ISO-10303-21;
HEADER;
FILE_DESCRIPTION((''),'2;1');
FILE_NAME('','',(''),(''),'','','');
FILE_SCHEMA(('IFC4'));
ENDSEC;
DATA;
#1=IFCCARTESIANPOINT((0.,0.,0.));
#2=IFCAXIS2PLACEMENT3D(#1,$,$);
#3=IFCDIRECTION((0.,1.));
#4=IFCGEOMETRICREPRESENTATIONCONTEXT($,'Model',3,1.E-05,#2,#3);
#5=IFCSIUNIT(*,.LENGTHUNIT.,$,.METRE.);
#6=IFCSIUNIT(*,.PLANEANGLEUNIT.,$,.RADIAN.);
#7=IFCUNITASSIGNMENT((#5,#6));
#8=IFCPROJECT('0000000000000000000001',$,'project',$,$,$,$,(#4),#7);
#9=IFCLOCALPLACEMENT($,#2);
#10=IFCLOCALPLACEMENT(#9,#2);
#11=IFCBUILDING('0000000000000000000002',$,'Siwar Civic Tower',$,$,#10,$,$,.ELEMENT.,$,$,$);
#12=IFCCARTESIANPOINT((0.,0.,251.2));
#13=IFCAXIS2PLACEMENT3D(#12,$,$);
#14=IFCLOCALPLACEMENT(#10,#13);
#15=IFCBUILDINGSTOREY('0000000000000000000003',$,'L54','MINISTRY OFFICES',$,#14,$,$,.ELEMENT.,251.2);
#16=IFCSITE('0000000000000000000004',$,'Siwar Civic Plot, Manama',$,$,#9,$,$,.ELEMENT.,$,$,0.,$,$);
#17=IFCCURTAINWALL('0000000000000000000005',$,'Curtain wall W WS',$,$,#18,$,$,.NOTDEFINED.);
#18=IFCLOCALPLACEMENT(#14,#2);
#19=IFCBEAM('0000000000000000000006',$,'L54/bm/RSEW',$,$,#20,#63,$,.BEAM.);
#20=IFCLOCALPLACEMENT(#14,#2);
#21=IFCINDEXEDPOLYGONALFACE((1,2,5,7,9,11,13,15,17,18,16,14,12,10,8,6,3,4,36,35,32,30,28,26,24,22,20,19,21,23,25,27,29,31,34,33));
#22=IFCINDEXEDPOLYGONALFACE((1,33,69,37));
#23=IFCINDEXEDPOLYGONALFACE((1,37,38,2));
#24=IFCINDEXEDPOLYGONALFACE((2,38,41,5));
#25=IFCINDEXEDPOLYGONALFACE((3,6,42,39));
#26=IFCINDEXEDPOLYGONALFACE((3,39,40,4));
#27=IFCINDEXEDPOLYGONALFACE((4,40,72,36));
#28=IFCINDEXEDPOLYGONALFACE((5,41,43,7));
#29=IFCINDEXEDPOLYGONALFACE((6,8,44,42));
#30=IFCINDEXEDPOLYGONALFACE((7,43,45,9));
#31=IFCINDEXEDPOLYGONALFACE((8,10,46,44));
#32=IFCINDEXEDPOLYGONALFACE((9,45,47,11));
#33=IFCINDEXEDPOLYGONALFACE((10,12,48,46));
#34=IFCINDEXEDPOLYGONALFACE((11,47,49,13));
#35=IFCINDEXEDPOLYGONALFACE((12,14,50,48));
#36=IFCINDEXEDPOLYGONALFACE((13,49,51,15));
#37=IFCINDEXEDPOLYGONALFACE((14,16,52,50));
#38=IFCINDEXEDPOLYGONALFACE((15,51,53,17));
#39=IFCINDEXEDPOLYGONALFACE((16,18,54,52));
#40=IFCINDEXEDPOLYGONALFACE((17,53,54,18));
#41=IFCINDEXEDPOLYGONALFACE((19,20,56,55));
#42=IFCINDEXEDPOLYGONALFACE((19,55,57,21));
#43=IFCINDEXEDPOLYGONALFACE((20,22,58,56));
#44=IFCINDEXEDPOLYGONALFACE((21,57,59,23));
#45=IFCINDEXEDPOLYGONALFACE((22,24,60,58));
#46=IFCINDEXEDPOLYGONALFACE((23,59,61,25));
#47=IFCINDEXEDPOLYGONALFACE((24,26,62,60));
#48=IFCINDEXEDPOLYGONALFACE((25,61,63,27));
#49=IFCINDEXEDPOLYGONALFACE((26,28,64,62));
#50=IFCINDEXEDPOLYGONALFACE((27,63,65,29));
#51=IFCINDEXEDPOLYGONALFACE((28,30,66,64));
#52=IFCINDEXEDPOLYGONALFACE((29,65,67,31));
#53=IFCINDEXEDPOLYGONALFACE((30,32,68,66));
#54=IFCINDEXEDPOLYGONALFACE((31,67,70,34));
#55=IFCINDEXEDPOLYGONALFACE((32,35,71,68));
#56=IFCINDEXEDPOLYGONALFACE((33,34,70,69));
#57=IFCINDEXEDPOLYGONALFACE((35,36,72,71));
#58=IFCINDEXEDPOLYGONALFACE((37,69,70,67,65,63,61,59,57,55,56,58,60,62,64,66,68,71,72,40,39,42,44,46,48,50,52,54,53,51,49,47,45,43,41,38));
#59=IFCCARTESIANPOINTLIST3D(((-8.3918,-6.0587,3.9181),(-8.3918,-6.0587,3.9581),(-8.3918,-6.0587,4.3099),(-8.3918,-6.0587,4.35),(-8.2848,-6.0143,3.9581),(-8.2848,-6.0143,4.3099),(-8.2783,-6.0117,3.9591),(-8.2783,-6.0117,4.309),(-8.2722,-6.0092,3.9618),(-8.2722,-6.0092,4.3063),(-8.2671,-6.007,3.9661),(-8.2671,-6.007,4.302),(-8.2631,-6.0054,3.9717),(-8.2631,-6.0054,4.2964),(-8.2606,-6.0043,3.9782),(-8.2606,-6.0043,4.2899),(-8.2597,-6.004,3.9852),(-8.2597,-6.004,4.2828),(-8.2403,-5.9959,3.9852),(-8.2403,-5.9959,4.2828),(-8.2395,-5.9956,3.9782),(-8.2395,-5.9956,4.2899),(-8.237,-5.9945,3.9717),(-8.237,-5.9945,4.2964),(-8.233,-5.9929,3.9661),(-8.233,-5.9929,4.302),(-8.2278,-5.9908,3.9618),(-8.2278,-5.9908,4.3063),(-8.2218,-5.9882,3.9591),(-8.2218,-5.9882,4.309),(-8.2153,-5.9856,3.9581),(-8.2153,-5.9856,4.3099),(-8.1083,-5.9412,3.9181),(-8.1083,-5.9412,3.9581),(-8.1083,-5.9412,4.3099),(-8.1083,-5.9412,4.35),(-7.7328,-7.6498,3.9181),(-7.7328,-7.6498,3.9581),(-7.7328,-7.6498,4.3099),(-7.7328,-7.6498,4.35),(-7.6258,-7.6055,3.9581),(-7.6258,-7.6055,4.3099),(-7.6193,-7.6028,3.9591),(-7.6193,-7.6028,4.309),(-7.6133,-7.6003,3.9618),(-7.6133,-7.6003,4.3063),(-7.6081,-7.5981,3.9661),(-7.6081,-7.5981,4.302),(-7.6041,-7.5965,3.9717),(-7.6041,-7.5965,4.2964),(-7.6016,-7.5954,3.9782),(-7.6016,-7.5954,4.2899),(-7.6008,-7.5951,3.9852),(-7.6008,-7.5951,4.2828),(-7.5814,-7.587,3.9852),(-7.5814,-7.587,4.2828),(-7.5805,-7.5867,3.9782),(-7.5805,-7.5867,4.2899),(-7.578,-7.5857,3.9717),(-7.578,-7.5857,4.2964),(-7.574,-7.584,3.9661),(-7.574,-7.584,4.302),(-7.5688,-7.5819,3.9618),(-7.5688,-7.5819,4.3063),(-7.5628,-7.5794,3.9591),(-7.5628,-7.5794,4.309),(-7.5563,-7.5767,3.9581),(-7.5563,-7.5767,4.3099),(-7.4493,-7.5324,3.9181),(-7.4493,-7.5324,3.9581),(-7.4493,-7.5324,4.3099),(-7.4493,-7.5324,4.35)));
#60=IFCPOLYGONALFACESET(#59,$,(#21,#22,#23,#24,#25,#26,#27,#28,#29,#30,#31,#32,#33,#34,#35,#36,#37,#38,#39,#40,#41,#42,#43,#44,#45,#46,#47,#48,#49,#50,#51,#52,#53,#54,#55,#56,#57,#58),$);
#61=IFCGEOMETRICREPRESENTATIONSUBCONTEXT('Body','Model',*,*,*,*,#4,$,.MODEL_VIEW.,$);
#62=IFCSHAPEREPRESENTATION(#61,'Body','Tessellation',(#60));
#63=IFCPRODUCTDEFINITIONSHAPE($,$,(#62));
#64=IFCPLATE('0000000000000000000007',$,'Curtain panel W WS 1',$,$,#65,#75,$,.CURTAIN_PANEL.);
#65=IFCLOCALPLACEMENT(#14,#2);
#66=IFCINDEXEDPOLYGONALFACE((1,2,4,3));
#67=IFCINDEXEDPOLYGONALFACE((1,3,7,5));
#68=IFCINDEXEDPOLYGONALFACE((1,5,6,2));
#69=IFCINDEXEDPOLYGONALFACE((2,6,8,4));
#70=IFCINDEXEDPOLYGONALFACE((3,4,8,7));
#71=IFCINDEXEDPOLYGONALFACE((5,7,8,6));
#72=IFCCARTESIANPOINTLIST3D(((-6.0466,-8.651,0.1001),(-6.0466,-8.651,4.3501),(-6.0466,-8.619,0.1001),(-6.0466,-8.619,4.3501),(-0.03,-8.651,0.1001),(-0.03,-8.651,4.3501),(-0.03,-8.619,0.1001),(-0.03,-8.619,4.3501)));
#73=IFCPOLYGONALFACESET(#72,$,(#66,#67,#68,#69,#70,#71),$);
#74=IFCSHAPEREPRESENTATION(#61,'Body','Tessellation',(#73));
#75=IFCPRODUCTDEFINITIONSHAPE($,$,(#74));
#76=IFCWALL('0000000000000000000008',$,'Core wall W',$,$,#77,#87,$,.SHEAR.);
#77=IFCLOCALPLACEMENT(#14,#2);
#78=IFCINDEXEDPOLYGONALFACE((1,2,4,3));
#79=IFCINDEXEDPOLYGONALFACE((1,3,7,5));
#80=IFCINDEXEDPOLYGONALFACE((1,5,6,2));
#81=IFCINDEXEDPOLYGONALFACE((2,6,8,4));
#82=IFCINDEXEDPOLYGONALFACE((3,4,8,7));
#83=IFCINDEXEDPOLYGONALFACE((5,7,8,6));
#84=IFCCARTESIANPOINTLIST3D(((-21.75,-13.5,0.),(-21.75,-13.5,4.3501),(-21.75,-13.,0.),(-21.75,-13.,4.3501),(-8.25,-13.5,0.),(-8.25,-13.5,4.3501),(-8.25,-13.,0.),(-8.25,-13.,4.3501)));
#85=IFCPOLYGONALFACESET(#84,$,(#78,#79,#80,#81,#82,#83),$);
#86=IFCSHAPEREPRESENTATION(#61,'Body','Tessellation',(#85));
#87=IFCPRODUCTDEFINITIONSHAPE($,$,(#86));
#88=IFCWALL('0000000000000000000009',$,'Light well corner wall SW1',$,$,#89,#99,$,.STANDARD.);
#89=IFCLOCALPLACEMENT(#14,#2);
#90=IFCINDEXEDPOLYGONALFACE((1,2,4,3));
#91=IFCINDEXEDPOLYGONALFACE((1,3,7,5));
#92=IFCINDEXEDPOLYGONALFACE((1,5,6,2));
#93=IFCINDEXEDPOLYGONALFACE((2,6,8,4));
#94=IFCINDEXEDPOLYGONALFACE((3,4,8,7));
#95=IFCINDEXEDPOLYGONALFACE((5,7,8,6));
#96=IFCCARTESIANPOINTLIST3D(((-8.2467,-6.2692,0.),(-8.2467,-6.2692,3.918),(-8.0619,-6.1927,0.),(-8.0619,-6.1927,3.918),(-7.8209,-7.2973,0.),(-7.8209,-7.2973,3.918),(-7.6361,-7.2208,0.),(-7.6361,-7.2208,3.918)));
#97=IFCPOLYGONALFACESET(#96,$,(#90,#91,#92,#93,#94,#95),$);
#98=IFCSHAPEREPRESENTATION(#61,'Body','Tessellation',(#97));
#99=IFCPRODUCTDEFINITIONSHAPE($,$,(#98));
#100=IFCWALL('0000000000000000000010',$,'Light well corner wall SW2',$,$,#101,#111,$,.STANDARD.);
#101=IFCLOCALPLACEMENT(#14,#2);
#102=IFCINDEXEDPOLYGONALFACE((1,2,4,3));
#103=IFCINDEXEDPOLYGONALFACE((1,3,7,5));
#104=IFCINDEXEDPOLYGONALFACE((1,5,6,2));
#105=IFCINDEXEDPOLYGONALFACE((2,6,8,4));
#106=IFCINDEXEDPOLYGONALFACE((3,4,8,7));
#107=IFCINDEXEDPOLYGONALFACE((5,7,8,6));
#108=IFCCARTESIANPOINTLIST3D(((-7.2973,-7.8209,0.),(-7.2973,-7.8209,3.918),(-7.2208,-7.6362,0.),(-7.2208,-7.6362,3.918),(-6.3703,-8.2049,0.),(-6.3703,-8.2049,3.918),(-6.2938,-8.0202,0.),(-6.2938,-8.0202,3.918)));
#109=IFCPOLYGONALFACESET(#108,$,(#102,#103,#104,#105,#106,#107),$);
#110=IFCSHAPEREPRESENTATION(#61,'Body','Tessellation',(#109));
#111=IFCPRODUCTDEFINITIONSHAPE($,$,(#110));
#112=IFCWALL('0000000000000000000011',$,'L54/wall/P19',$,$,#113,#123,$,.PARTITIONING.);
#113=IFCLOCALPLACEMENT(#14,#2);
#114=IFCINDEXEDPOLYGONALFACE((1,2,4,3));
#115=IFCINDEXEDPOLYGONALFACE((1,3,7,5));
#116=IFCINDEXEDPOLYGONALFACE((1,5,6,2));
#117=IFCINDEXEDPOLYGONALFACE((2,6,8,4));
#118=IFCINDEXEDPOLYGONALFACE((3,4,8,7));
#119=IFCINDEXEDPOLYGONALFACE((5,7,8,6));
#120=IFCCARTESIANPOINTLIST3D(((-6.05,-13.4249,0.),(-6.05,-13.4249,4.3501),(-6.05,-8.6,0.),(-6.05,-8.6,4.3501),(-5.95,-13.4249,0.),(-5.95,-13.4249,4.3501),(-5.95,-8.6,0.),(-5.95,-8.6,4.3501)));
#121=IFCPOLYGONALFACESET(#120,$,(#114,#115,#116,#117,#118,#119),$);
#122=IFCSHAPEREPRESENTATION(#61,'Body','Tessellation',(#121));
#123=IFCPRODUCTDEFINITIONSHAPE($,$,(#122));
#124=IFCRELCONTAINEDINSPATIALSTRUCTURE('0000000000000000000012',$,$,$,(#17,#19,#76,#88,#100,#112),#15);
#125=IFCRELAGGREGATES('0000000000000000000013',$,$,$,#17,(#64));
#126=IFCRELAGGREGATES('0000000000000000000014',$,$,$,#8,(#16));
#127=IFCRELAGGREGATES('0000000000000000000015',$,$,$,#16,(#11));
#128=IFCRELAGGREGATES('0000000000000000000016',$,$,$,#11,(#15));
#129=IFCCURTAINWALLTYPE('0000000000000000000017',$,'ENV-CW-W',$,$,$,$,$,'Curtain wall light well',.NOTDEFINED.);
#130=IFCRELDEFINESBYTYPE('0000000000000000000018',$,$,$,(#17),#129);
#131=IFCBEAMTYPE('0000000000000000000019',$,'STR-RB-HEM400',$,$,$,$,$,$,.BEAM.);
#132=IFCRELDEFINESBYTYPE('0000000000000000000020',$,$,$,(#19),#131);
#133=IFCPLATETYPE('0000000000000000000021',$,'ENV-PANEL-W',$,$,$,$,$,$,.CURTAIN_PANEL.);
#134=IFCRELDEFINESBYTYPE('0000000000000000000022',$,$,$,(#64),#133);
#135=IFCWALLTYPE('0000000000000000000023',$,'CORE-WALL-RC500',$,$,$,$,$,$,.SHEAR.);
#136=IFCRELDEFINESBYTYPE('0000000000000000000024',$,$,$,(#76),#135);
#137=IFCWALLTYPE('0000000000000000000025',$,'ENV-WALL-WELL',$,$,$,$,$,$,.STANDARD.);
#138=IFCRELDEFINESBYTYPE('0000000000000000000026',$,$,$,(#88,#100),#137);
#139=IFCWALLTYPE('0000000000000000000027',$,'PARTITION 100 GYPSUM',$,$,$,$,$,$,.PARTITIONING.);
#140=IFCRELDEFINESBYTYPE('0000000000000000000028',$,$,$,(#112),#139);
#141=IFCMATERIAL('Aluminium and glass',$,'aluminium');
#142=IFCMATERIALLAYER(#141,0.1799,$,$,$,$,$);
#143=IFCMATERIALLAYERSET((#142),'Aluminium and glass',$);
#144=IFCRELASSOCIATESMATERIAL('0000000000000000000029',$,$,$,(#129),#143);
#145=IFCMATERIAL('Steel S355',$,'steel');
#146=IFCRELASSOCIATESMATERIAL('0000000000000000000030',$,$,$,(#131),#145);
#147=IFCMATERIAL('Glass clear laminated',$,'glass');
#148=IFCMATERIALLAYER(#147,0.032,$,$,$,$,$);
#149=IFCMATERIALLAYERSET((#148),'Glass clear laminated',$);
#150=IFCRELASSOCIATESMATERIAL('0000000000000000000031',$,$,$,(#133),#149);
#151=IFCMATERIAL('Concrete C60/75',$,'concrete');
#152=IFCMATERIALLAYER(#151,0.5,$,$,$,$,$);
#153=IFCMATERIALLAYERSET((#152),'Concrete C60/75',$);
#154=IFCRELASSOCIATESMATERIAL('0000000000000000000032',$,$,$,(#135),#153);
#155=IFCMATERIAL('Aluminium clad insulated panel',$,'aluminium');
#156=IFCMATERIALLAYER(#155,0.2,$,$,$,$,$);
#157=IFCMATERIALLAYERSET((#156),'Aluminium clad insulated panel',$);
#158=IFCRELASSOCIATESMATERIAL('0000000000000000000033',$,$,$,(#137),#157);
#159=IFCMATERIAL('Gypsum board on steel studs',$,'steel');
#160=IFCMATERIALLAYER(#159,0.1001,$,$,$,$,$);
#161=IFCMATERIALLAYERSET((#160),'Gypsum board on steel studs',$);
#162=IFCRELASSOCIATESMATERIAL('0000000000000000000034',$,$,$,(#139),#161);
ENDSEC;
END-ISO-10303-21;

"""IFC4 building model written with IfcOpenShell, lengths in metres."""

from ifc_helpers import new_model, si_unit, direction, frame, frame_2d, origin, origin_2d, place, context, subcontext, project, spatial, rectangle, i_section, extrude, material, layer, layer_set, material_profile, profile_set, type_object, element, aggregate, save


model = new_model("IFC4")

# Units and contexts
model_context = context("Model", 3, precision=1e-05, world=origin(), true_north=direction((0.0, 1.0)))
body_context = subcontext(model_context, "Body", "Model", "MODEL_VIEW")
ifc_project = project(units=[si_unit("LENGTHUNIT", "METRE"), si_unit("PLANEANGLEUNIT", "RADIAN")], contexts=[model_context])

# Site, building, storey
site_placement = place(None, origin())
site = spatial("IfcSite", under=ifc_project, at=site_placement, Name="Siwar Civic Plot, Manama", CompositionType="ELEMENT", RefElevation=0.0)
building_placement = place(site_placement, origin())
building = spatial("IfcBuilding", under=site, at=building_placement, Name="Siwar Civic Tower", CompositionType="ELEMENT")
storey_placement = place(building_placement, frame((0.0, 0.0, 251.2)))
storey = spatial("IfcBuildingStorey", under=building, at=storey_placement, Name="L54", Description="MINISTRY OFFICES", CompositionType="ELEMENT", Elevation=251.2)

# Curtain wall
ifc_material_1 = material(Name="Aluminium and glass", Category="aluminium")
ifc_layer_1 = layer(ifc_material_1, 0.1799)
ifc_layer_set_1 = layer_set([ifc_layer_1], Name="Aluminium and glass")
curtain_wall_type = type_object("IfcCurtainWallType", Name="ENV-CW-W", ElementType="Curtain wall light well", PredefinedType="NOTDEFINED", material=ifc_layer_set_1)
curtain_wall_placement = place(storey_placement, origin())
curtain_wall = element("IfcCurtainWall", 1, at=curtain_wall_placement, inside=storey, type_object=curtain_wall_type, Name="Curtain wall W WS", PredefinedType="NOTDEFINED")

# Beam
ifc_material_2 = material(Name="Steel S355", Category="steel")
ifc_material_profile_1 = material_profile(ifc_material_2, i_section(OverallWidth=0.3069, OverallDepth=0.4319, WebThickness=0.021, FlangeThickness=0.04, FilletRadius=0.0271, at=origin_2d()), Name="HEM400")
ifc_profile_set_1 = profile_set([ifc_material_profile_1], Name="Steel S355")
beam_type = type_object("IfcBeamType", Name="STR-RB-HEM400", PredefinedType="BEAM", material=ifc_profile_set_1)
beam_1_placement = place(storey_placement, frame((-7.5911, -7.5911, 4.134), z_axis=(-0.382631, 0.923901, 0.0), x_axis=(-0.923901, -0.382631, 0.0)))
element("IfcBeam", 2, at=beam_1_placement, inside=storey, type_object=beam_type, Name="L54/bm/RSEW", PredefinedType="BEAM", context=body_context, shape_type="SweptSolid", body=[
    extrude(i_section(OverallWidth=0.3069, OverallDepth=0.4319, WebThickness=0.021, FlangeThickness=0.04, FilletRadius=0.0271, at=origin_2d()), origin(), (0.0, 0.0, 1.0), 1.7222),
])

# Plate
ifc_material_3 = material(Name="Glass clear laminated", Category="glass")
ifc_layer_2 = layer(ifc_material_3, 0.032)
ifc_layer_set_2 = layer_set([ifc_layer_2], Name="Glass clear laminated")
plate_type = type_object("IfcPlateType", Name="ENV-PANEL-W", PredefinedType="CURTAIN_PANEL", material=ifc_layer_set_2)
plate_placement = place(storey_placement, frame((-3.0383, -8.635, 0.1001), z_axis=(0.0, 0.0, 1.0), x_axis=(1.0, 0.0, 0.0)))
plate = element("IfcPlate", 3, at=plate_placement, type_object=plate_type, Name="Curtain panel W WS 1", PredefinedType="CURTAIN_PANEL", context=body_context, shape_type="SweptSolid", body=[
    extrude(rectangle(XDim=6.0166, YDim=0.032, at=origin_2d()), origin(), (0.0, 0.0, 1.0), 4.25),
])
aggregate(curtain_wall, [plate])

# Walls
ifc_material_4 = material(Name="Concrete C60/75", Category="concrete")
ifc_layer_3 = layer(ifc_material_4, 0.5)
ifc_layer_set_3 = layer_set([ifc_layer_3], Name="Concrete C60/75")
wall_type_1 = type_object("IfcWallType", Name="CORE-WALL-RC500", PredefinedType="SHEAR", material=ifc_layer_set_3)
wall_1_placement = place(storey_placement, frame((-8.25, -13.25, 0.0), z_axis=(0.0, 0.0, 1.0), x_axis=(-1.0, 0.0, 0.0)))
element("IfcWall", 4, at=wall_1_placement, inside=storey, type_object=wall_type_1, Name="Core wall W", PredefinedType="SHEAR", context=body_context, shape_type="SweptSolid", body=[
    extrude(rectangle(XDim=13.5, YDim=0.5, at=frame_2d((6.75, 0.0))), origin(), (0.0, 0.0, 1.0), 4.3501),
])
ifc_material_5 = material(Name="Aluminium clad insulated panel", Category="aluminium")
ifc_layer_4 = layer(ifc_material_5, 0.2)
ifc_layer_set_4 = layer_set([ifc_layer_4], Name="Aluminium clad insulated panel")
wall_type_2 = type_object("IfcWallType", Name="ENV-WALL-WELL", PredefinedType="STANDARD", material=ifc_layer_set_4)
wall_2_placement = place(storey_placement, frame((-8.1543, -6.231, 0.0), z_axis=(0.0, 0.0, 1.0), x_axis=(0.382636, -0.923899, 0.0)))
element("IfcWall", 5, at=wall_2_placement, inside=storey, type_object=wall_type_2, Name="Light well corner wall SW1", PredefinedType="STANDARD", context=body_context, shape_type="SweptSolid", body=[
    extrude(rectangle(XDim=1.1128, YDim=0.2, at=frame_2d((0.5564, 0.0))), origin(), (0.0, 0.0, 1.0), 3.918),
])
wall_3_placement = place(storey_placement, frame((-7.259, -7.7285, 0.0), z_axis=(0.0, 0.0, 1.0), x_axis=(0.92386, -0.382731, 0.0)))
element("IfcWall", 6, at=wall_3_placement, inside=storey, type_object=wall_type_2, Name="Light well corner wall SW2", PredefinedType="STANDARD", context=body_context, shape_type="SweptSolid", body=[
    extrude(rectangle(XDim=1.0034, YDim=0.2, at=frame_2d((0.5017, 0.0))), origin(), (0.0, 0.0, 1.0), 3.918),
])
ifc_material_6 = material(Name="Gypsum board on steel studs", Category="steel")
ifc_layer_5 = layer(ifc_material_6, 0.1001)
ifc_layer_set_5 = layer_set([ifc_layer_5], Name="Gypsum board on steel studs")
wall_type_3 = type_object("IfcWallType", Name="PARTITION 100 GYPSUM", PredefinedType="PARTITIONING", material=ifc_layer_set_5)
wall_4_placement = place(storey_placement, frame((-6.0, -13.425, 0.0), z_axis=(0.0, 0.0, 1.0), x_axis=(0.0, 1.0, 0.0)))
element("IfcWall", 7, at=wall_4_placement, inside=storey, type_object=wall_type_3, Name="L54/wall/P19", PredefinedType="PARTITIONING", context=body_context, shape_type="SweptSolid", body=[
    extrude(rectangle(XDim=4.825, YDim=0.1001, at=frame_2d((2.4126, 0.0))), origin(), (0.0, 0.0, 1.0), 4.3501),
])

save(model, "model.ifc")
